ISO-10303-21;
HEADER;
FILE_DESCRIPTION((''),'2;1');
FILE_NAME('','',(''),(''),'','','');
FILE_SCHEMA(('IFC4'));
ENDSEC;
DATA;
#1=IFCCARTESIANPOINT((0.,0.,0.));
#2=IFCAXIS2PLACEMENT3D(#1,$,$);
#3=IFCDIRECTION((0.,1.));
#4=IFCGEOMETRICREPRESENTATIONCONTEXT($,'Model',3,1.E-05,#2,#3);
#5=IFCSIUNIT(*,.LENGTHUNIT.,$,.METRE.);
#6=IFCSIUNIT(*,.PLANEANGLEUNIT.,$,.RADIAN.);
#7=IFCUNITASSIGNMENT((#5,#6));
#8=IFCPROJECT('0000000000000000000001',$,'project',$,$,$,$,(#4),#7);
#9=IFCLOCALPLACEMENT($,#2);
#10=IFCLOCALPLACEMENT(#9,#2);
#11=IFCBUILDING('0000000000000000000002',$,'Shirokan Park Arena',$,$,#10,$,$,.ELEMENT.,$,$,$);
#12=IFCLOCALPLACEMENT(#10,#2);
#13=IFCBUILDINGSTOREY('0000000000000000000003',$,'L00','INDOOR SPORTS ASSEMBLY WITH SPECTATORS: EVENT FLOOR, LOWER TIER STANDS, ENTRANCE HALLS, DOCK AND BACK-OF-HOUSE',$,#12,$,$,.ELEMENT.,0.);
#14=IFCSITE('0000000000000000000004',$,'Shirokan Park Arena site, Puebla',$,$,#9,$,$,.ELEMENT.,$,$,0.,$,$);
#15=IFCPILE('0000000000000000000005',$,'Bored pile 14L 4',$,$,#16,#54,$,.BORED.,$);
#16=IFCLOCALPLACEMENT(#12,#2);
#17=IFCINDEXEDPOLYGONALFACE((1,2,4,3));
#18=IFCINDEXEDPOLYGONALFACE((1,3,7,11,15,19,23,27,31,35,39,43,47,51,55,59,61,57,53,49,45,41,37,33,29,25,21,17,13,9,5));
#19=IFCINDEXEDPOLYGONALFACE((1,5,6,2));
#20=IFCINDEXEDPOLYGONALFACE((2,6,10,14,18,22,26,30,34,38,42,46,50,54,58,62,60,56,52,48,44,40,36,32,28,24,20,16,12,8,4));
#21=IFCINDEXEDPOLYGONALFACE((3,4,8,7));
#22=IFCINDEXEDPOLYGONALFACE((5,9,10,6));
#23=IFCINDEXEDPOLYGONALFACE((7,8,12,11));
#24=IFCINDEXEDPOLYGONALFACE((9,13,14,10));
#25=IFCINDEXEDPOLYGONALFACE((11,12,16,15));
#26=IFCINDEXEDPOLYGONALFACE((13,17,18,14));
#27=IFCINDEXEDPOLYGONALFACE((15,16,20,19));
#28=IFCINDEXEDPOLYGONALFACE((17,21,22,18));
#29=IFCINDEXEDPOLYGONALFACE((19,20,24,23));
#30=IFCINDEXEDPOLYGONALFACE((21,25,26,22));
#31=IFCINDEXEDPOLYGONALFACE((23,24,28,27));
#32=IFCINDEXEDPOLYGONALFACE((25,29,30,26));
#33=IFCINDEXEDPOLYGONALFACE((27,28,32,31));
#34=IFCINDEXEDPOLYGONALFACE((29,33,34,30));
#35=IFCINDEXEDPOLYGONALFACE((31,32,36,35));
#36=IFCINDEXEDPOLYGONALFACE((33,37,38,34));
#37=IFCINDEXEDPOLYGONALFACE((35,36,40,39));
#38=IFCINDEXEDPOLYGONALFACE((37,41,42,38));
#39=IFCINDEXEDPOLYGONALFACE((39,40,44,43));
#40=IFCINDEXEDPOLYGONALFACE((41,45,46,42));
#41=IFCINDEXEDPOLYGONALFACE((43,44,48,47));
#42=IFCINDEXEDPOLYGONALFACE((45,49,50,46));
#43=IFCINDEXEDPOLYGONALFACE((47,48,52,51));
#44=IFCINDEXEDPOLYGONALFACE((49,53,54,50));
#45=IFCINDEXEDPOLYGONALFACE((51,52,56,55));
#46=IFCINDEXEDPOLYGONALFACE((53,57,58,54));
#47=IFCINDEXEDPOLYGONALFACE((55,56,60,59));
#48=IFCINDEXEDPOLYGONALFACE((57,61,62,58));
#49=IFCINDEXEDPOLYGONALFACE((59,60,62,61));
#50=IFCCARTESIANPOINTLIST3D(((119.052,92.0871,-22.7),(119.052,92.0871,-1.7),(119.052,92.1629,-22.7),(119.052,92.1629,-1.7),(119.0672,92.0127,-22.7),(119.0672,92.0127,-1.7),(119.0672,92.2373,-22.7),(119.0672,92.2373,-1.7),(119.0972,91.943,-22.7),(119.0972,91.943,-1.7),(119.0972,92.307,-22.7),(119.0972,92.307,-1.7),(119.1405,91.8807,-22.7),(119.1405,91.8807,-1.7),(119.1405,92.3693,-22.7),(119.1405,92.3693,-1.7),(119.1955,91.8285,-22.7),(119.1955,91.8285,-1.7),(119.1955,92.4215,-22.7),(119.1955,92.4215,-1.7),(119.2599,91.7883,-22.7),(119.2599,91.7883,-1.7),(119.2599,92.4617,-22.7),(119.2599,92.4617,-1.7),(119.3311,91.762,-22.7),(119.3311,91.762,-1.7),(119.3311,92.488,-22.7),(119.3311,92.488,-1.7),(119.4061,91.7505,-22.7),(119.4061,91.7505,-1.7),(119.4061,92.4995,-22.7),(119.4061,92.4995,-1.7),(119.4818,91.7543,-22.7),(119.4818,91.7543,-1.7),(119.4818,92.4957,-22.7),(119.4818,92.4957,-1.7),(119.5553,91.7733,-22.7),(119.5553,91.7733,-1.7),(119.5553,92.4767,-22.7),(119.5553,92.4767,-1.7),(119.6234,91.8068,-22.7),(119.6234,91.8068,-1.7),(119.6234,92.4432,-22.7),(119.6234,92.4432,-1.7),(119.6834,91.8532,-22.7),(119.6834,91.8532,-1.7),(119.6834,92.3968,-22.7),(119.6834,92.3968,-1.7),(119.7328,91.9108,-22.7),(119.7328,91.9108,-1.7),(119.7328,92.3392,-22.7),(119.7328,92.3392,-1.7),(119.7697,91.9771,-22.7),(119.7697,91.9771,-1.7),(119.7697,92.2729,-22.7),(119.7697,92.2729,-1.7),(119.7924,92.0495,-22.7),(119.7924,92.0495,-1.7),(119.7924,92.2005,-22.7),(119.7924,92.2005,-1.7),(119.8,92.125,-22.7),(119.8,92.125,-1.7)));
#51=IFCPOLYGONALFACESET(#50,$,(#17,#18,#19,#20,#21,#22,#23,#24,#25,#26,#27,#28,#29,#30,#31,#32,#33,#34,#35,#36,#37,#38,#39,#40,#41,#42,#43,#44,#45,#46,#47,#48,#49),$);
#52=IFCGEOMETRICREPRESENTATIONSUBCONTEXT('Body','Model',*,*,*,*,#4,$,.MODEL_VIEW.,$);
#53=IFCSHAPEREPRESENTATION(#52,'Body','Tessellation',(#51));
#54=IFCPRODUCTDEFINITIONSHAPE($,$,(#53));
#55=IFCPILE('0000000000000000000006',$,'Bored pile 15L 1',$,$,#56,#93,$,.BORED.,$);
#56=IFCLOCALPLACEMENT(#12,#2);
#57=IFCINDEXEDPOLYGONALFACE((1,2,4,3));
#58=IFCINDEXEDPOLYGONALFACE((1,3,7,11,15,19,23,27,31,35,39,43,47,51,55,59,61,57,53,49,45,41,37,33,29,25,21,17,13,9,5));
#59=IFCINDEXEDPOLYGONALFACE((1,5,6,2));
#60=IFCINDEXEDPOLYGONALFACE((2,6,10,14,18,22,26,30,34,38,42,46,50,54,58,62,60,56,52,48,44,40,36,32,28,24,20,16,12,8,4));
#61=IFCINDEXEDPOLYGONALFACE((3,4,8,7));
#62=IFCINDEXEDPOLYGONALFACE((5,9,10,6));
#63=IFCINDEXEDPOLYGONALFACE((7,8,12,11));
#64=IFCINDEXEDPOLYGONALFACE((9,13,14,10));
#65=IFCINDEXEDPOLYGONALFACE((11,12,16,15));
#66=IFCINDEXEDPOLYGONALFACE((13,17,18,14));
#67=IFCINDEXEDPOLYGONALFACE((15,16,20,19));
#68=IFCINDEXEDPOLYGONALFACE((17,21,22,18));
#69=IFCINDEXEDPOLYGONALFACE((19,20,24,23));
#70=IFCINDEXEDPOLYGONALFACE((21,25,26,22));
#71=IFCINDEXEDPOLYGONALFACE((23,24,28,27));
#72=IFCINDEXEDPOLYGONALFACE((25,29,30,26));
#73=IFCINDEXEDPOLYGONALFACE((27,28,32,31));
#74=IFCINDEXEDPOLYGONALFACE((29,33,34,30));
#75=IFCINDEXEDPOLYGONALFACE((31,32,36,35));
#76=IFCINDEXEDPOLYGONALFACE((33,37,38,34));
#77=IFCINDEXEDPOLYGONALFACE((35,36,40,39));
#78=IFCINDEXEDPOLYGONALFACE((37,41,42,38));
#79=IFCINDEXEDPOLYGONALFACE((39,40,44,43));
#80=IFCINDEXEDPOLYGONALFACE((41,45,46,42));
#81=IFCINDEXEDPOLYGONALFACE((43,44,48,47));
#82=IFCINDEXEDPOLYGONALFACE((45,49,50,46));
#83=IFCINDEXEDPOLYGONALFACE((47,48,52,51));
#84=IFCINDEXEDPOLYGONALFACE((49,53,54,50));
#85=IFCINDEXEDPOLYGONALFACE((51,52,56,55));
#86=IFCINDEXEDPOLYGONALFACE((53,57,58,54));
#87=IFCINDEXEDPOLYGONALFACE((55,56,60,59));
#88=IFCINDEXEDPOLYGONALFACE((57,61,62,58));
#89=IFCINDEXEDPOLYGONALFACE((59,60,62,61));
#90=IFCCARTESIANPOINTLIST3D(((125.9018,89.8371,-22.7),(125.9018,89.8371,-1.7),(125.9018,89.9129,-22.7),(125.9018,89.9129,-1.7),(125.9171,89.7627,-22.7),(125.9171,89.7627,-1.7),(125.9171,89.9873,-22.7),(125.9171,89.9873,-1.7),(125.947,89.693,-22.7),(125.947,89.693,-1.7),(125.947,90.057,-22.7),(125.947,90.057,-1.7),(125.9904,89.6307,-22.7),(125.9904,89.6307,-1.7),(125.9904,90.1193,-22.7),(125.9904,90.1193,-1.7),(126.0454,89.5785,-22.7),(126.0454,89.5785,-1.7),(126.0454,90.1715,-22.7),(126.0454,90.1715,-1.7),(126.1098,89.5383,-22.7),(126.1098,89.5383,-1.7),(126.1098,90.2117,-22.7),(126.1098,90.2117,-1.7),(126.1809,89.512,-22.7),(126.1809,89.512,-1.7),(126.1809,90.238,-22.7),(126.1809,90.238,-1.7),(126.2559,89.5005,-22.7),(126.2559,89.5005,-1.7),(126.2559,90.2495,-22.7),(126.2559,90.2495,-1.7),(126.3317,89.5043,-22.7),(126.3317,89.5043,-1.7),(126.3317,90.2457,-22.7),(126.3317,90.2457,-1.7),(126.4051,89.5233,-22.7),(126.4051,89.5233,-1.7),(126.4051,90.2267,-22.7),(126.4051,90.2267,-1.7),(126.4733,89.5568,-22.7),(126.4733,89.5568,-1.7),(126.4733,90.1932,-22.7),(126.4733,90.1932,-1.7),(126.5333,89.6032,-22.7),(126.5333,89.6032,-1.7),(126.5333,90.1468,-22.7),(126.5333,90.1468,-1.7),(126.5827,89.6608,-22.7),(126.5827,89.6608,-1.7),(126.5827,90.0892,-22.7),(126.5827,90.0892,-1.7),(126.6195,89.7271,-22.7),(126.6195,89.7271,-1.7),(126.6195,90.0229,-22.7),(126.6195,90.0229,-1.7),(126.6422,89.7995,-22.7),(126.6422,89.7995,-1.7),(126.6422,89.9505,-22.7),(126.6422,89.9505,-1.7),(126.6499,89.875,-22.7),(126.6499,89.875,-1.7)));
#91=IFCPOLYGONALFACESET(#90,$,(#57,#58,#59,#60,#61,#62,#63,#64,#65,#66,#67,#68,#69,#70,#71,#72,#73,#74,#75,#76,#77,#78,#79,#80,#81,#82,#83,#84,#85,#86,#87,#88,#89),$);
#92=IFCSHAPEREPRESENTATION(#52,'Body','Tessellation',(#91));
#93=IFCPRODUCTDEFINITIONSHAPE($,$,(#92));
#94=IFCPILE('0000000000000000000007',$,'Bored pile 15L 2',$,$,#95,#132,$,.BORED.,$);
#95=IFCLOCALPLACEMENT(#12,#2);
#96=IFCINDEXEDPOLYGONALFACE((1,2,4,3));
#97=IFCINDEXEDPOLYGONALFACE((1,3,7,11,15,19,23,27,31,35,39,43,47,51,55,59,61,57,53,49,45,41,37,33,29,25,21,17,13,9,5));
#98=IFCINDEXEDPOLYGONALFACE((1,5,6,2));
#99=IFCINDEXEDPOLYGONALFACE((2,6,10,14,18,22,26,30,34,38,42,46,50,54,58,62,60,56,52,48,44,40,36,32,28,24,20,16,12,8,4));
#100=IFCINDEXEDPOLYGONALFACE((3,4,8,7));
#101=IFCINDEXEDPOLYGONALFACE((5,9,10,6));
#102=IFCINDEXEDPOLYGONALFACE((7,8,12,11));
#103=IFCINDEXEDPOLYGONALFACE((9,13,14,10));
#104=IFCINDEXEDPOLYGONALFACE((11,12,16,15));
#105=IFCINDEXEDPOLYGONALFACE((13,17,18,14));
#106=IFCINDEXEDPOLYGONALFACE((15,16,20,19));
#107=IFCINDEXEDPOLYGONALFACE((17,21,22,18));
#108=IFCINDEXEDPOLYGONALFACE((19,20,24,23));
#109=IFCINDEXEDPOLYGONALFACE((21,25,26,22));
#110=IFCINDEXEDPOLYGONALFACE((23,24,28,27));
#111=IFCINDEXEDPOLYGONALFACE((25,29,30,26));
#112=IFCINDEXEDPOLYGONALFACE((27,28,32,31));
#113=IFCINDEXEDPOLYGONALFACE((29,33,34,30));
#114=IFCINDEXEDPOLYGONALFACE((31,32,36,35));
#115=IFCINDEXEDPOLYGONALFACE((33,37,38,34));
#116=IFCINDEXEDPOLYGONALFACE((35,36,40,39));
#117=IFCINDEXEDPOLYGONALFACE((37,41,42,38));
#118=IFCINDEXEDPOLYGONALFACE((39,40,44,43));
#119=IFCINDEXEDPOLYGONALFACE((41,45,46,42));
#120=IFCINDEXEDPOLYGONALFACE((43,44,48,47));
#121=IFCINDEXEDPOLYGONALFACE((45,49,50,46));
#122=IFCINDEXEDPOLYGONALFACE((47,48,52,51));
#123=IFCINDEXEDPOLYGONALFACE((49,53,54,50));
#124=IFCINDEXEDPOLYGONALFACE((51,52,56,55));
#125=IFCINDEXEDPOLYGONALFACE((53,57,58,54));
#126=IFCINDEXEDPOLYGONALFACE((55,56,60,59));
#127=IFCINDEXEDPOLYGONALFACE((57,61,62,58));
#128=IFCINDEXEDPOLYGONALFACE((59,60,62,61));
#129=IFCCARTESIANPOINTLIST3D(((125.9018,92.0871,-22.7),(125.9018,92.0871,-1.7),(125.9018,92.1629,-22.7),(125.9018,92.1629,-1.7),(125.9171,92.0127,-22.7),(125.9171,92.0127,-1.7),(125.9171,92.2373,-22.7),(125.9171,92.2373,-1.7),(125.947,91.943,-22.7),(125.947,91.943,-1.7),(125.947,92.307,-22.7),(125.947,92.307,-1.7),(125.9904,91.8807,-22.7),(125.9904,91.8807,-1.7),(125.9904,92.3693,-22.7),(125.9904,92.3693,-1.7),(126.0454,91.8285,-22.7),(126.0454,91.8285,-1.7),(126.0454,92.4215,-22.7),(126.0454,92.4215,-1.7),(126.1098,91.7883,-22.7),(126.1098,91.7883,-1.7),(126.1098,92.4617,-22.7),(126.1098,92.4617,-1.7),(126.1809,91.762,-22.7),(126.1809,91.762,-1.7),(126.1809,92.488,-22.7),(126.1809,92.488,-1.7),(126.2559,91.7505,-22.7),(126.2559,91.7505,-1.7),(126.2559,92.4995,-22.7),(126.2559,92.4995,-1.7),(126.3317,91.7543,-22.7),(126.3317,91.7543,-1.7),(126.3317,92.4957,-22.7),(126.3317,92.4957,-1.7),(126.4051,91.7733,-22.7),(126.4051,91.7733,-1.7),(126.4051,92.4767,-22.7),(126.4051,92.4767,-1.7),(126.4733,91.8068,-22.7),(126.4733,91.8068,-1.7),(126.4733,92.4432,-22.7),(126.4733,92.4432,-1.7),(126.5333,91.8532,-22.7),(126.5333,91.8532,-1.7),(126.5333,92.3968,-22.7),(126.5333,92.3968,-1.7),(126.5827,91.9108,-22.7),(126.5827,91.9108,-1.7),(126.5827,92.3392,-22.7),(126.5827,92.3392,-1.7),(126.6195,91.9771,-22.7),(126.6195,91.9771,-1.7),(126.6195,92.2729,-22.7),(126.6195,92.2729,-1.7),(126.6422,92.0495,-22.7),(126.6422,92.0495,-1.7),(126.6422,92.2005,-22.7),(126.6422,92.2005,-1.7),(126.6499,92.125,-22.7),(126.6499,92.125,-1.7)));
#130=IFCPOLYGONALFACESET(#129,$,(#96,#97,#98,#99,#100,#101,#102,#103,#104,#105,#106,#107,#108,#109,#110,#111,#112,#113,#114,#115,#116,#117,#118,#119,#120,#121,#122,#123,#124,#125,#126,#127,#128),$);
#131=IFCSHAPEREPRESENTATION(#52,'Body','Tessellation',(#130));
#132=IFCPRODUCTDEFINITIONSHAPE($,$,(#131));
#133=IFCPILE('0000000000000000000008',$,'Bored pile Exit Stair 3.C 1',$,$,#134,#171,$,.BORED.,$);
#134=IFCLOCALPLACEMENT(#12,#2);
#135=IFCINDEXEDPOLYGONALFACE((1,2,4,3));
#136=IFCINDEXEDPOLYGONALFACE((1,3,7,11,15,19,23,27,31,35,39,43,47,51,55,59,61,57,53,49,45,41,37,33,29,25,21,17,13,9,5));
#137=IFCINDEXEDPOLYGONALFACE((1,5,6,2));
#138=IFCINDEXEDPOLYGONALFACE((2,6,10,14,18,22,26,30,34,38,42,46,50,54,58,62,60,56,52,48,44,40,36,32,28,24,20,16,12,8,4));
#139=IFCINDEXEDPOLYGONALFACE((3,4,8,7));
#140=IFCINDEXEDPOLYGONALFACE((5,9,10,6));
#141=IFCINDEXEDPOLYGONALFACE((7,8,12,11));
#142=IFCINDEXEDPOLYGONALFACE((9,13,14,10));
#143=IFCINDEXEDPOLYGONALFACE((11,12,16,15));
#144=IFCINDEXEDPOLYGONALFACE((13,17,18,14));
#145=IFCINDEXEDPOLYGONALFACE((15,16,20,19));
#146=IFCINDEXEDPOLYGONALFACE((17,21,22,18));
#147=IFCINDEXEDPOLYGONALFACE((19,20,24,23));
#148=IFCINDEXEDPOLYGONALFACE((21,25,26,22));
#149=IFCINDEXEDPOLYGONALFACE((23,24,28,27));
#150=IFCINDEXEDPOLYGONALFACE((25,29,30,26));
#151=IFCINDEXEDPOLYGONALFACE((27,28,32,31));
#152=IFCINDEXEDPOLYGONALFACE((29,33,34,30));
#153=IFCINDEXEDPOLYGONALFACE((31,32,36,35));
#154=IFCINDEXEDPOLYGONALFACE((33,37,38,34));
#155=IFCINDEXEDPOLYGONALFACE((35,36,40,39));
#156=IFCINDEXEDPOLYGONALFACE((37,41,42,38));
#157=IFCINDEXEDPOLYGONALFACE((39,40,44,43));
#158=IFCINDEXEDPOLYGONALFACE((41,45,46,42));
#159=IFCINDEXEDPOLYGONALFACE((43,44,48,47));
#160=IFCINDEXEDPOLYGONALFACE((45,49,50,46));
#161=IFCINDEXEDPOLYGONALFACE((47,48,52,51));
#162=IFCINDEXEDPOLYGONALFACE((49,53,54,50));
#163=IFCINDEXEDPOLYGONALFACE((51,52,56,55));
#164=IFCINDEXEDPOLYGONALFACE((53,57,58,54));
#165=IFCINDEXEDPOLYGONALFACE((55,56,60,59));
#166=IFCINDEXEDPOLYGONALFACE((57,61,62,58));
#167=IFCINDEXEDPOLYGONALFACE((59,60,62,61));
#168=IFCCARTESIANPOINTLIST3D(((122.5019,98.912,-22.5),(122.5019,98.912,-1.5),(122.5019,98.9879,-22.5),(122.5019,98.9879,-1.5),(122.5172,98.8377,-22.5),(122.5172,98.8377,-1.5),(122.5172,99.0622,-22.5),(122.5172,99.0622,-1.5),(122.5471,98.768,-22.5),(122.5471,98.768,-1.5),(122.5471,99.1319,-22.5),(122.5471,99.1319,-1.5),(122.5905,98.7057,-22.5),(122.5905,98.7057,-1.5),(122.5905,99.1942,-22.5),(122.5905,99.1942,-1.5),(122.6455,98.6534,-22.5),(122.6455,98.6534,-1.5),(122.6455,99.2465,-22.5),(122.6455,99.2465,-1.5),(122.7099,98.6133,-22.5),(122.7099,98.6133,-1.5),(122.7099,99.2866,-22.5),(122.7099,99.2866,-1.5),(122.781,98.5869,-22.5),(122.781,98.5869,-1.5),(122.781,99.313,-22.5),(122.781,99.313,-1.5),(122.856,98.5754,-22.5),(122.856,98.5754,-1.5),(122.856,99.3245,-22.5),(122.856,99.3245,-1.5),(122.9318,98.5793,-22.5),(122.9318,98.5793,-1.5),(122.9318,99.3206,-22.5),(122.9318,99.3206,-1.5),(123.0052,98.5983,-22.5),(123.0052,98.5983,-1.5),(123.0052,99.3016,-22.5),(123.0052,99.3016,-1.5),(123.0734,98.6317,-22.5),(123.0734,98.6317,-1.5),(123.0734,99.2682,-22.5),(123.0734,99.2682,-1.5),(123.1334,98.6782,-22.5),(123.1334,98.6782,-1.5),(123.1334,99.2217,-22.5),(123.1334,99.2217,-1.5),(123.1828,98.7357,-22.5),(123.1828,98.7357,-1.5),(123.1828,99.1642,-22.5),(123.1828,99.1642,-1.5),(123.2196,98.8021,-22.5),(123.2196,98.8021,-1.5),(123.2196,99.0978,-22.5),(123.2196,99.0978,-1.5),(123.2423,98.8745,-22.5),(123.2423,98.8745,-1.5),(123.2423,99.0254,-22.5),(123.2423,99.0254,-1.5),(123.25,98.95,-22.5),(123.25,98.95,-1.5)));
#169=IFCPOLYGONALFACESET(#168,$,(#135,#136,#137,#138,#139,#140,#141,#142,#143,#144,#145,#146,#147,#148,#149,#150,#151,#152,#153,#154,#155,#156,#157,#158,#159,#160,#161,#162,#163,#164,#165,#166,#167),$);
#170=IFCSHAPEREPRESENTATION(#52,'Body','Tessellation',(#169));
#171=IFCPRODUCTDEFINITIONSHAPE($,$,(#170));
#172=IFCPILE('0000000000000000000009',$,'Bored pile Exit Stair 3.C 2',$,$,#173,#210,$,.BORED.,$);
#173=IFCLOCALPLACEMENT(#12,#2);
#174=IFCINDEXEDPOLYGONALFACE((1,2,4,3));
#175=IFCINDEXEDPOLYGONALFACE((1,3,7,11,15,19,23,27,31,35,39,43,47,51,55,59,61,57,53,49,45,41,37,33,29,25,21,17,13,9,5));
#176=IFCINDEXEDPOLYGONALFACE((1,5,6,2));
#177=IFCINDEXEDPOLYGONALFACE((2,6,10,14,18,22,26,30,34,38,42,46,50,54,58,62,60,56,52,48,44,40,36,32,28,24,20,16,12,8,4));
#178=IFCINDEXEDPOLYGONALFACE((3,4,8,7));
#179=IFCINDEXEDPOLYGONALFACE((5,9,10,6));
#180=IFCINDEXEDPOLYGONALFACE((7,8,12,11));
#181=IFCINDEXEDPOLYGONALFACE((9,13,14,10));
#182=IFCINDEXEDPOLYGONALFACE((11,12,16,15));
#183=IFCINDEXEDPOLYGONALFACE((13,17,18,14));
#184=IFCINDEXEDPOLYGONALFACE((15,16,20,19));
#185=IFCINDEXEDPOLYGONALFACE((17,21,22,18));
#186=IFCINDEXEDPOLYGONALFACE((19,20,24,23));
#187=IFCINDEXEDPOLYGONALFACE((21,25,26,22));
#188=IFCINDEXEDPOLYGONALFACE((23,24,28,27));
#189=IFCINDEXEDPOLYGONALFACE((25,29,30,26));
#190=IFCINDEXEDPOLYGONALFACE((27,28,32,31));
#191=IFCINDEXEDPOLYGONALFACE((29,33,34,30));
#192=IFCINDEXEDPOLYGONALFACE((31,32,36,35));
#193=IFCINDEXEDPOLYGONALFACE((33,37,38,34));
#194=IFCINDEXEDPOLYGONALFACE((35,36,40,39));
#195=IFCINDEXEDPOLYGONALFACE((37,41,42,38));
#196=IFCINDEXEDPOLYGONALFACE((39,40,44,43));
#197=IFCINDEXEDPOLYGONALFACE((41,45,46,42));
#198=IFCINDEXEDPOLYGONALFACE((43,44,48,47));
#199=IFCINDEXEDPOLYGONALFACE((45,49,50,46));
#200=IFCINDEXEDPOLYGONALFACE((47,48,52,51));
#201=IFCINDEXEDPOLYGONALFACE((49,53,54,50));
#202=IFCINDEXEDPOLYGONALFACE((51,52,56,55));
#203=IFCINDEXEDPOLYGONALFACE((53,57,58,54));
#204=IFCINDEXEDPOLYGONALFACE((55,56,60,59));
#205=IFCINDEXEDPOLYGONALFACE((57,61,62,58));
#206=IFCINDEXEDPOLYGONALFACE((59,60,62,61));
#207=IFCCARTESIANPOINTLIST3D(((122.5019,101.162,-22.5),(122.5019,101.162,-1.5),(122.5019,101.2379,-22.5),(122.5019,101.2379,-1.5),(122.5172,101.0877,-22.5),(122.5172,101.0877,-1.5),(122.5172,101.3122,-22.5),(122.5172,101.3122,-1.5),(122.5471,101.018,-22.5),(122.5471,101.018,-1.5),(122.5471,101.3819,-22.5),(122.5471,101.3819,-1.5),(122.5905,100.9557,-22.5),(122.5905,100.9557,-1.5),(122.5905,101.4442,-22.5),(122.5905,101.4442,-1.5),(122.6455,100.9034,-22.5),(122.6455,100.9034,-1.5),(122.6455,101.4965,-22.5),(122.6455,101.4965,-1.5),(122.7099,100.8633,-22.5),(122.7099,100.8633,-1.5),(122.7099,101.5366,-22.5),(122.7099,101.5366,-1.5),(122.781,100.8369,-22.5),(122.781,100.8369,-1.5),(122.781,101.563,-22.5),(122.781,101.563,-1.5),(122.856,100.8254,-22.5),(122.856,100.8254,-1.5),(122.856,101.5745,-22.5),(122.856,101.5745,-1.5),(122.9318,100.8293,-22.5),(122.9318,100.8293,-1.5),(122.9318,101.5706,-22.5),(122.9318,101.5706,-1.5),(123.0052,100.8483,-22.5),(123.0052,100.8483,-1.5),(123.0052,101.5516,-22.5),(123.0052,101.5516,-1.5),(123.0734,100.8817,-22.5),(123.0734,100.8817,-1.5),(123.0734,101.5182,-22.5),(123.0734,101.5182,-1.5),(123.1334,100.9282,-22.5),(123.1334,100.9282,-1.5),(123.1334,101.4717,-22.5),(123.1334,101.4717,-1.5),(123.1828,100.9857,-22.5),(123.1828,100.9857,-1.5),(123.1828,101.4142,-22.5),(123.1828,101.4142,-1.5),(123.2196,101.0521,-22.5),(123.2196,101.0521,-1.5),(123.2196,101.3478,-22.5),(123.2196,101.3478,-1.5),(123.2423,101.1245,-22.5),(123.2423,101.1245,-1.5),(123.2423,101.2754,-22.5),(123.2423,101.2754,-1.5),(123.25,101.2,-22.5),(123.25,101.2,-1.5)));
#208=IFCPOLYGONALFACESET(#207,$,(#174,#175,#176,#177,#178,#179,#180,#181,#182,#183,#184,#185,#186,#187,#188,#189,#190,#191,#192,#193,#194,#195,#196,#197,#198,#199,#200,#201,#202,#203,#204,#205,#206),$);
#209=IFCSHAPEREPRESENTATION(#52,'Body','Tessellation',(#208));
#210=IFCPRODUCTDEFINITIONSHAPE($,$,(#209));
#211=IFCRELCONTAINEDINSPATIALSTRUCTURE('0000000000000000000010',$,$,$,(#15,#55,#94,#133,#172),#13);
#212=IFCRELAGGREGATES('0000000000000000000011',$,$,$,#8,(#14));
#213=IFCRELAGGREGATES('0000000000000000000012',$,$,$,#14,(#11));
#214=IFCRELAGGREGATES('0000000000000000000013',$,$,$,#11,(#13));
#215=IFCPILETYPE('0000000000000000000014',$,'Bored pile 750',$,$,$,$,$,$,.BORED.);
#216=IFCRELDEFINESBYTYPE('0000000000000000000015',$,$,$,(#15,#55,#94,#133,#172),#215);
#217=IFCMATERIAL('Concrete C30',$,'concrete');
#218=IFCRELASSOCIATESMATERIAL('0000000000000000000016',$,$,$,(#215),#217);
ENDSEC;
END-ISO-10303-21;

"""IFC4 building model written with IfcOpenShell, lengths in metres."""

from ifc_helpers import new_model, si_unit, direction, frame, origin, origin_2d, place, context, subcontext, project, spatial, circle, extrude, material, material_profile, profile_set, type_object, element, save


model = new_model("IFC4")

# Units and contexts
model_context = context("Model", 3, precision=1e-05, world=origin(), true_north=direction((0.0, 1.0)))
body_context = subcontext(model_context, "Body", "Model", "MODEL_VIEW")
ifc_project = project(units=[si_unit("LENGTHUNIT", "METRE"), si_unit("PLANEANGLEUNIT", "RADIAN")], contexts=[model_context])

# Site, building, storey
site_placement = place(None, origin())
site = spatial("IfcSite", under=ifc_project, at=site_placement, Name="Shirokan Park Arena site, Puebla", CompositionType="ELEMENT", RefElevation=0.0)
building_placement = place(site_placement, origin())
building = spatial("IfcBuilding", under=site, at=building_placement, Name="Shirokan Park Arena", CompositionType="ELEMENT")
storey_placement = place(building_placement, origin())
storey = spatial("IfcBuildingStorey", under=building, at=storey_placement, Name="L00", Description="INDOOR SPORTS ASSEMBLY WITH SPECTATORS: EVENT FLOOR, LOWER TIER STANDS, ENTRANCE HALLS, DOCK AND BACK-OF-HOUSE", CompositionType="ELEMENT", Elevation=0.0)

# Piles
ifc_material_1 = material(Name="Concrete C30", Category="concrete")
ifc_material_profile_1 = material_profile(ifc_material_1, circle(Radius=0.375, at=origin_2d()), Name="D750")
ifc_profile_set_1 = profile_set([ifc_material_profile_1], Name="Concrete C30")
pile_type_1 = type_object("IfcPileType", Name="Bored pile 750", PredefinedType="BORED", material=ifc_profile_set_1)
for number, where, z_axis, x_axis, name in (
    (1, (119.425, 92.125, -1.7), (0.0, 0.0, -1.0), (1.0, 0.0, 0.0), "Bored pile 14L 4"),
    (2, (126.2749, 89.875, -1.7), (0.0, 0.0, -1.0), (1.0, 0.0, 0.0), "Bored pile 15L 1"),
    (3, (126.2749, 92.125, -1.7), (0.0, 0.0, -1.0), (1.0, 0.0, 0.0), "Bored pile 15L 2"),
    (4, (122.875, 98.95, -1.5), (0.0, 0.0, -1.0), (1.0, 0.0, 0.0), "Bored pile Exit Stair 3.C 1"),
    (5, (122.875, 101.2, -1.5), (0.0, 0.0, -1.0), (1.0, 0.0, 0.0), "Bored pile Exit Stair 3.C 2"),
):
    element("IfcPile", number, at=place(storey_placement, frame(where, z_axis=z_axis, x_axis=x_axis)), inside=storey, type_object=pile_type_1, Name=name, PredefinedType="BORED", context=body_context, shape_type="SweptSolid", body=[
        extrude(circle(Radius=0.375, at=origin_2d()), origin(), (0.0, 0.0, 1.0), 21.0),
    ])

save(model, "model.ifc")
